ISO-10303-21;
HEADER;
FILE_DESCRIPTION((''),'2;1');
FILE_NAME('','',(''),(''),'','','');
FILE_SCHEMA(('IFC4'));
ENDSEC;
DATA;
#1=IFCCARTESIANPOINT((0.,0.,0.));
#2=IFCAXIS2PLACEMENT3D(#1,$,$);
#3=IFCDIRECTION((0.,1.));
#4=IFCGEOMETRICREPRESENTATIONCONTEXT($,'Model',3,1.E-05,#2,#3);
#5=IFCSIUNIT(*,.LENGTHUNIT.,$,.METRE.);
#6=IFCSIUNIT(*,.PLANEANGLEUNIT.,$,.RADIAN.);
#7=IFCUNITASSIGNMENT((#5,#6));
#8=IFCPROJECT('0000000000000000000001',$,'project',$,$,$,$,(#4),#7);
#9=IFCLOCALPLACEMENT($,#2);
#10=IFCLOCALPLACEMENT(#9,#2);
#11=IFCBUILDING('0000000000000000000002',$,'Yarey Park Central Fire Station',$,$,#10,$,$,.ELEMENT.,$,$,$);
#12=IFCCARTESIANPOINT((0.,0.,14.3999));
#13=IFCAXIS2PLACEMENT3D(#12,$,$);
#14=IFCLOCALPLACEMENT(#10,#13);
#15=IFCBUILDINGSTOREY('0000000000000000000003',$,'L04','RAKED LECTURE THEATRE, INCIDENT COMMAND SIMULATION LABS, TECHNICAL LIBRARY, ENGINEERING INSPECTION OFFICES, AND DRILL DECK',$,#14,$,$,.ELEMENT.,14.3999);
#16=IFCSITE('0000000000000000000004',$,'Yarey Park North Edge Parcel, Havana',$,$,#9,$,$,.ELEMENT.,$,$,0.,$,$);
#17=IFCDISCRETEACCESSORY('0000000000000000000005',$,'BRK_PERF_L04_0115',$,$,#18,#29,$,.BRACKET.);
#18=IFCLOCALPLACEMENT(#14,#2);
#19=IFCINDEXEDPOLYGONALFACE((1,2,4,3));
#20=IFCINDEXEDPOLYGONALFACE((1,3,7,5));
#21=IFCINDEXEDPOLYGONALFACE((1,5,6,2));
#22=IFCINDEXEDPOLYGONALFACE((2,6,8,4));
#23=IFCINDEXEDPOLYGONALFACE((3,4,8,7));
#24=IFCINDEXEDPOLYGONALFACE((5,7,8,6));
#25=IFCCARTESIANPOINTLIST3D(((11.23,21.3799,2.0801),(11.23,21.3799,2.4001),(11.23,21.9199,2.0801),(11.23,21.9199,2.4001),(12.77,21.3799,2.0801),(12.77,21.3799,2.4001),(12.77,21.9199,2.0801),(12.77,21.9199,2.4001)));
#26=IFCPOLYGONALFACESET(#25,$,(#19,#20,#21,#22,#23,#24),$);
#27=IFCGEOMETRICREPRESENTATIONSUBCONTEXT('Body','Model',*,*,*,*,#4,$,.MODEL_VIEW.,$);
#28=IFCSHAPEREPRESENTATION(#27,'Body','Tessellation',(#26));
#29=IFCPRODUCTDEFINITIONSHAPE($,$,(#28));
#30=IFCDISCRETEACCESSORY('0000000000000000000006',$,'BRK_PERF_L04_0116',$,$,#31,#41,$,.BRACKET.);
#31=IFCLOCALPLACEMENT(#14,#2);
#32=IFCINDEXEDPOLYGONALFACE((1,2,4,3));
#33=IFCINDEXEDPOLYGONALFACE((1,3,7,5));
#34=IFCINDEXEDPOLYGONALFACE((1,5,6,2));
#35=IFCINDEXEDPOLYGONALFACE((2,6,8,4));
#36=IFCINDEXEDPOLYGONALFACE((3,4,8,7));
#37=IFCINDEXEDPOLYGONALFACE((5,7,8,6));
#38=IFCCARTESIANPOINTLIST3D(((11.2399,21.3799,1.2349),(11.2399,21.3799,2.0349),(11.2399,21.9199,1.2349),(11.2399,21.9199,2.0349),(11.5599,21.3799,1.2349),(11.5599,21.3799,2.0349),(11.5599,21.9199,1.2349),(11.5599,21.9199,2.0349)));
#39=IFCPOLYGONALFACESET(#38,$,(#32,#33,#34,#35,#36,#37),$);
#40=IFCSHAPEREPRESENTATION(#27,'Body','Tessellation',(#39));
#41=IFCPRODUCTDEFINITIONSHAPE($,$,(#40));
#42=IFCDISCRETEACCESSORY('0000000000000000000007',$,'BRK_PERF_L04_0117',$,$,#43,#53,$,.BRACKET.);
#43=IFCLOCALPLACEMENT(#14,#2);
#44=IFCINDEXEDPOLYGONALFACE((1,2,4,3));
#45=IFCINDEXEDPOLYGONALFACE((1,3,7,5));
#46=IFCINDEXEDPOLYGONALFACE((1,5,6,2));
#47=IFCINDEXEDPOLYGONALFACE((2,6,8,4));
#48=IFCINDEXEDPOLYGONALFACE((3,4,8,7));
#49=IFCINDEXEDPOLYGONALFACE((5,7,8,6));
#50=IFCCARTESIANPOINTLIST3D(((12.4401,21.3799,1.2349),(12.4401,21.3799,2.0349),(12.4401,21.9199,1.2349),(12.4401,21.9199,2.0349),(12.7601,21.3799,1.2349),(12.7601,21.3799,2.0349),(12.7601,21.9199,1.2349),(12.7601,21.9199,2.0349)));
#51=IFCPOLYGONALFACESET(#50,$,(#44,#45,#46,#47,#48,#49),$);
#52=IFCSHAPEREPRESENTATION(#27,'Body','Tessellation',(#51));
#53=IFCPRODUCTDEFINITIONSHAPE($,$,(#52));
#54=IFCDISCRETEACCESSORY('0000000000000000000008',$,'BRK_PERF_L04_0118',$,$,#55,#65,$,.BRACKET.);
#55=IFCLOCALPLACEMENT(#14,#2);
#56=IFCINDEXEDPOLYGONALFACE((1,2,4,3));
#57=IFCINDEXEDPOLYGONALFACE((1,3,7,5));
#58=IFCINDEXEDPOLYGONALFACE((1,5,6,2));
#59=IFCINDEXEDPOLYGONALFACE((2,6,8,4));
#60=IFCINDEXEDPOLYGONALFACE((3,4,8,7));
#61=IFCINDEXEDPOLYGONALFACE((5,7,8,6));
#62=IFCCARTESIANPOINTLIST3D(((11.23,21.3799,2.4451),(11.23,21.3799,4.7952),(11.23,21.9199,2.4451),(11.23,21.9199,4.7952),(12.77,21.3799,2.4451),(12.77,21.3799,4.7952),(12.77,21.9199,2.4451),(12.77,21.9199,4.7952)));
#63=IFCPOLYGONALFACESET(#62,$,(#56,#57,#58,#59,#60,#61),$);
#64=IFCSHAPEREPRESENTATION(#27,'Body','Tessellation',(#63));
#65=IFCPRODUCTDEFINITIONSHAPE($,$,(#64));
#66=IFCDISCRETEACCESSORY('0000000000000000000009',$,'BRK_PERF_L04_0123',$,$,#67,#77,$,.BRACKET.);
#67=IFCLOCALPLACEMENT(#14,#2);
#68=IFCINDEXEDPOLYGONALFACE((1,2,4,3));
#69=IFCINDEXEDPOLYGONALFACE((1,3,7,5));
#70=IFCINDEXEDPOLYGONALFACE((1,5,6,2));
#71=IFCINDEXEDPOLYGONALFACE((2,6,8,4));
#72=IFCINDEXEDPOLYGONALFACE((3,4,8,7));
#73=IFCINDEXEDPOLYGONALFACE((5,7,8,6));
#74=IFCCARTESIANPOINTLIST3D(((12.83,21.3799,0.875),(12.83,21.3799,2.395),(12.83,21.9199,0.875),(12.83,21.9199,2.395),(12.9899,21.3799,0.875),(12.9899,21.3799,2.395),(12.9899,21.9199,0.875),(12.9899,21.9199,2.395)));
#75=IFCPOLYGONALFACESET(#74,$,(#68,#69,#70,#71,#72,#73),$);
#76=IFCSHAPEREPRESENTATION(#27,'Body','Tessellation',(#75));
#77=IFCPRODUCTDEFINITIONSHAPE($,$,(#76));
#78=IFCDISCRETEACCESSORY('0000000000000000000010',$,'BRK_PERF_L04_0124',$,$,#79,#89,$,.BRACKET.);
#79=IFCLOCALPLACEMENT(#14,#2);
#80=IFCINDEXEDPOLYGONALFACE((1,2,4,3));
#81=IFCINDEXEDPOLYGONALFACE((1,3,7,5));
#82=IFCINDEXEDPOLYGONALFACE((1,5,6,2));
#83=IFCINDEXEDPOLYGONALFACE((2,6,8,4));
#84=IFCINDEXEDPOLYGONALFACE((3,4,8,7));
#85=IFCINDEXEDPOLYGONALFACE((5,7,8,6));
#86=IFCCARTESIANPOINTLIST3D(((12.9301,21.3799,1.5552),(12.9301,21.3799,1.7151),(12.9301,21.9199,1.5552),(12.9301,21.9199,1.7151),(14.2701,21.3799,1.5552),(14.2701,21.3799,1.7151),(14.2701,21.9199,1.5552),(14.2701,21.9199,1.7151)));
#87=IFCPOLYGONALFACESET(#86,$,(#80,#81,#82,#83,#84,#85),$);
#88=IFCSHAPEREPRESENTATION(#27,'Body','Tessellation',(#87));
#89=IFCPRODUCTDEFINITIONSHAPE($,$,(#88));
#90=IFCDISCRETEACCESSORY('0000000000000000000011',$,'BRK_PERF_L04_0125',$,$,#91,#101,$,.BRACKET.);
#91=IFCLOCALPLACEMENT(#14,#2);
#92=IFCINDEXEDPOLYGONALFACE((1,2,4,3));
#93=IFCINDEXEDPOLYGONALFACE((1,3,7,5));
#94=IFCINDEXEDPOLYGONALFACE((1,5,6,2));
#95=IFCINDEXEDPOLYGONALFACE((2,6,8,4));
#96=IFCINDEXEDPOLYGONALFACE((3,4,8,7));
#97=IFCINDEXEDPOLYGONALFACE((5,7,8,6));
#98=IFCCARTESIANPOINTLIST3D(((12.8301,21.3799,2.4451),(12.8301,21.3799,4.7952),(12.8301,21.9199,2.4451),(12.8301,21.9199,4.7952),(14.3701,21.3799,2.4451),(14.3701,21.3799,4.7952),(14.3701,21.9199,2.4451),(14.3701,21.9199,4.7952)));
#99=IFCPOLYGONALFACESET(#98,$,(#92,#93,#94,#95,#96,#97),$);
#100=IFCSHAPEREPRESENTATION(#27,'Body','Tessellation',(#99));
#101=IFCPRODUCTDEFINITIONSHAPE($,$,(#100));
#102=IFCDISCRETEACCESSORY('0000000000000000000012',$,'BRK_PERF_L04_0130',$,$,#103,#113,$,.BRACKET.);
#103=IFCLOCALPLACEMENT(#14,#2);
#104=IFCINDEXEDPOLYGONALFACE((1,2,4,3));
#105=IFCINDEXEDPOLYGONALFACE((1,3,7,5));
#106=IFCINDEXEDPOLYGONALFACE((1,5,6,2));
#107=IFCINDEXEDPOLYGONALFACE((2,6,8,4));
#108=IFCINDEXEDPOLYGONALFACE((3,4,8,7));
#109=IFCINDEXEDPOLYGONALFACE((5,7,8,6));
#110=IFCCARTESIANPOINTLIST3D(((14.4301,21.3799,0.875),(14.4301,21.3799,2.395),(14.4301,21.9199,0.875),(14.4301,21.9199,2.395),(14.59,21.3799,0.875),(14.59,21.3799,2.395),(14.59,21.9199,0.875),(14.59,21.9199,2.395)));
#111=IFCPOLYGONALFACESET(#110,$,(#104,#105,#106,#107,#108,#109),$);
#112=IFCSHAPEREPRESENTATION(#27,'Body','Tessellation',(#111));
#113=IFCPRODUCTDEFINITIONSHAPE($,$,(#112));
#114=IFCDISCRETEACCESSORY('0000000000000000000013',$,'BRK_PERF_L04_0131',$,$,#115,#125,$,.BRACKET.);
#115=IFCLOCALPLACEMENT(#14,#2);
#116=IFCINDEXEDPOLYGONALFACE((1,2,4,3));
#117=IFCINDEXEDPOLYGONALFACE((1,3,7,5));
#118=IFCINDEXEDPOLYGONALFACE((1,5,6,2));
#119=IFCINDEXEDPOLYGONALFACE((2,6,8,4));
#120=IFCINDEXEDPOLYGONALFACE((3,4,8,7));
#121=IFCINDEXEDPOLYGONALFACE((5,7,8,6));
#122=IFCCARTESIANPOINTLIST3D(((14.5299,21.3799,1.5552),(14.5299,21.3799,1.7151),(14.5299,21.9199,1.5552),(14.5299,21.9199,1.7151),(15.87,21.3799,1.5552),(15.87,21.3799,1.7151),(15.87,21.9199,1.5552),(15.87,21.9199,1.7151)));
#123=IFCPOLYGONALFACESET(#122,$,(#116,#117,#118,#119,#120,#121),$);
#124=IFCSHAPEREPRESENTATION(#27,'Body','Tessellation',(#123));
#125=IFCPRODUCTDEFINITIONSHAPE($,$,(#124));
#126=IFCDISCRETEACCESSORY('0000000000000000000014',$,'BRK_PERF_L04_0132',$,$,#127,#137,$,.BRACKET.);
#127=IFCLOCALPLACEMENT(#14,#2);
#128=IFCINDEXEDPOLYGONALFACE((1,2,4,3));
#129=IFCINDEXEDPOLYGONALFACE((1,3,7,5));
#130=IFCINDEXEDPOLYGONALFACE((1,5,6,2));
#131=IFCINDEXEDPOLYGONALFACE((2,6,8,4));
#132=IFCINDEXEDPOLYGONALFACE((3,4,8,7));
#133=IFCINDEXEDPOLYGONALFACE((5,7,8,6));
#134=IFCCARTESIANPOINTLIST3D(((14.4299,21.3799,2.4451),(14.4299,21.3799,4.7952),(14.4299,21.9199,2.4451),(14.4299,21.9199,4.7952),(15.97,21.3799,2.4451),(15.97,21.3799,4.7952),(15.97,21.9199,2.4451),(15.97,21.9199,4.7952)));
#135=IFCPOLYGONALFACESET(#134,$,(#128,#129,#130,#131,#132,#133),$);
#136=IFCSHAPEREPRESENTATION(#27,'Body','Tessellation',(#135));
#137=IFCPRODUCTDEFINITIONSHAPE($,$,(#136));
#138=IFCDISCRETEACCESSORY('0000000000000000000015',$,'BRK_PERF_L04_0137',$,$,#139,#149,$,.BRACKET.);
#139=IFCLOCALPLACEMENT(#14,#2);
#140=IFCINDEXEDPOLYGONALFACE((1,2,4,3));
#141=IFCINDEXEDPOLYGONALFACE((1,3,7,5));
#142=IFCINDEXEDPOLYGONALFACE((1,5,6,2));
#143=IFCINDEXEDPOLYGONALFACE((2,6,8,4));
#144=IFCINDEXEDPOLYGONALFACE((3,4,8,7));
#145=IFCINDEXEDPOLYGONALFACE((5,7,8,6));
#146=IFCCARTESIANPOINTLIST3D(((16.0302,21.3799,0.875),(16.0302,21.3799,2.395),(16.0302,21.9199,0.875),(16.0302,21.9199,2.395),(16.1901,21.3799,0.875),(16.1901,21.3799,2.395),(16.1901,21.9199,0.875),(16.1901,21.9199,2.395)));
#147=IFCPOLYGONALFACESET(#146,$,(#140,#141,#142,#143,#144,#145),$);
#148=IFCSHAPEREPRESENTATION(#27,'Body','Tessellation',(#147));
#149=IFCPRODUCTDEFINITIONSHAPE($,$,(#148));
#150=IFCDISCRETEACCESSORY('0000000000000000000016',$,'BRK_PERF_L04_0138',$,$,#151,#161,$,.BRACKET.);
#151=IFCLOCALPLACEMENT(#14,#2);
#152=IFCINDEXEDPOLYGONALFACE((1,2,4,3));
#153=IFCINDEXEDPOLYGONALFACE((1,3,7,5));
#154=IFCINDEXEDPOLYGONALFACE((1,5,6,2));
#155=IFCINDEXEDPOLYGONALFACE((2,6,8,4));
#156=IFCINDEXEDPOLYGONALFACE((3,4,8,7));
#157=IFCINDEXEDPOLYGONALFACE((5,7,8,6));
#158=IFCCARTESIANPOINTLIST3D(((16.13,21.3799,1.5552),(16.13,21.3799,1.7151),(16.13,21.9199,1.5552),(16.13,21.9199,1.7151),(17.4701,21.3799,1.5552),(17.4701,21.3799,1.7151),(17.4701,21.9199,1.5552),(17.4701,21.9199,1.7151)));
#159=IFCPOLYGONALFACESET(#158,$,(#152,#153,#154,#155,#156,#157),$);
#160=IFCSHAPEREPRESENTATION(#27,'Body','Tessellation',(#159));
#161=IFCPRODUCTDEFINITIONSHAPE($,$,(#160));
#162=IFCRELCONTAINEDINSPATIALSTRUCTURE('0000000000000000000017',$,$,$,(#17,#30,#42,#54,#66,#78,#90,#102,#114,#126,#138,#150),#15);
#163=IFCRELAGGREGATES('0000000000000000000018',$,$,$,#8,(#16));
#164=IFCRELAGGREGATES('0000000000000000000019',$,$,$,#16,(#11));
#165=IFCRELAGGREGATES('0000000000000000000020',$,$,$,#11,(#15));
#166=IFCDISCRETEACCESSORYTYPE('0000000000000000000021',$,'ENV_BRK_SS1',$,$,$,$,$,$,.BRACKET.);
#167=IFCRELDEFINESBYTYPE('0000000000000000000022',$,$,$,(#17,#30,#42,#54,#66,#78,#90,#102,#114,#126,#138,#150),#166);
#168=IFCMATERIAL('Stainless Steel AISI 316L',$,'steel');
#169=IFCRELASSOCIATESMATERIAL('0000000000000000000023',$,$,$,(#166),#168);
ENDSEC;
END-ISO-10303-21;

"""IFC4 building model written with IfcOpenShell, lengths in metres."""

from ifc_helpers import new_model, si_unit, direction, frame, origin, origin_2d, place, context, subcontext, project, spatial, rectangle, extrude, material, type_object, element, save


model = new_model("IFC4")

# Units and contexts
model_context = context("Model", 3, precision=1e-05, world=origin(), true_north=direction((0.0, 1.0)))
body_context = subcontext(model_context, "Body", "Model", "MODEL_VIEW")
ifc_project = project(units=[si_unit("LENGTHUNIT", "METRE"), si_unit("PLANEANGLEUNIT", "RADIAN")], contexts=[model_context])

# Site, building, storey
site_placement = place(None, origin())
site = spatial("IfcSite", under=ifc_project, at=site_placement, Name="Yarey Park North Edge Parcel, Havana", CompositionType="ELEMENT", RefElevation=0.0)
building_placement = place(site_placement, origin())
building = spatial("IfcBuilding", under=site, at=building_placement, Name="Yarey Park Central Fire Station", CompositionType="ELEMENT")
storey_placement = place(building_placement, frame((0.0, 0.0, 14.3999)))
storey = spatial("IfcBuildingStorey", under=building, at=storey_placement, Name="L04", Description="RAKED LECTURE THEATRE, INCIDENT COMMAND SIMULATION LABS, TECHNICAL LIBRARY, ENGINEERING INSPECTION OFFICES, AND DRILL DECK", CompositionType="ELEMENT", Elevation=14.3999)

# Discrete accessories
ifc_material_1 = material(Name="Stainless Steel AISI 316L", Category="steel")
discrete_accessory_type = type_object("IfcDiscreteAccessoryType", Name="ENV_BRK_SS1", PredefinedType="BRACKET", material=ifc_material_1)
for number, where, z_axis, x_axis, name in (
    (1, (12.0, 21.6499, 2.0801), (0.0, 0.0, 1.0), (1.0, 0.0, 0.0), "BRK_PERF_L04_0115"),
):
    element("IfcDiscreteAccessory", number, at=place(storey_placement, frame(where, z_axis=z_axis, x_axis=x_axis)), inside=storey, type_object=discrete_accessory_type, Name=name, PredefinedType="BRACKET", context=body_context, shape_type="SweptSolid", body=[
        extrude(rectangle(XDim=1.54, YDim=0.54, at=origin_2d()), origin(), (0.0, 0.0, 1.0), 0.3201),
    ])
for number, where, z_axis, x_axis, name in (
    (2, (11.3999, 21.6499, 1.2349), (0.0, 0.0, 1.0), (1.0, 0.0, 0.0), "BRK_PERF_L04_0116"),
    (3, (12.6001, 21.6499, 1.2349), (0.0, 0.0, 1.0), (1.0, 0.0, 0.0), "BRK_PERF_L04_0117"),
):
    element("IfcDiscreteAccessory", number, at=place(storey_placement, frame(where, z_axis=z_axis, x_axis=x_axis)), inside=storey, type_object=discrete_accessory_type, Name=name, PredefinedType="BRACKET", context=body_context, shape_type="SweptSolid", body=[
        extrude(rectangle(XDim=0.3201, YDim=0.54, at=origin_2d()), origin(), (0.0, 0.0, 1.0), 0.8),
    ])
discrete_accessory_1_placement = place(storey_placement, frame((12.0, 21.6499, 2.4451), z_axis=(0.0, 0.0, 1.0), x_axis=(1.0, 0.0, 0.0)))
element("IfcDiscreteAccessory", 4, at=discrete_accessory_1_placement, inside=storey, type_object=discrete_accessory_type, Name="BRK_PERF_L04_0118", PredefinedType="BRACKET", context=body_context, shape_type="SweptSolid", body=[
    extrude(rectangle(XDim=1.54, YDim=0.54, at=origin_2d()), origin(), (0.0, 0.0, 1.0), 2.3501),
])
discrete_accessory_2_placement = place(storey_placement, frame((12.9099, 21.6499, 0.875), z_axis=(0.0, 0.0, 1.0), x_axis=(1.0, 0.0, 0.0)))
element("IfcDiscreteAccessory", 5, at=discrete_accessory_2_placement, inside=storey, type_object=discrete_accessory_type, Name="BRK_PERF_L04_0123", PredefinedType="BRACKET", context=body_context, shape_type="SweptSolid", body=[
    extrude(rectangle(XDim=0.1599, YDim=0.54, at=origin_2d()), origin(), (0.0, 0.0, 1.0), 1.52),
])
discrete_accessory_3_placement = place(storey_placement, frame((13.6001, 21.6499, 1.5552), z_axis=(0.0, 0.0, 1.0), x_axis=(1.0, 0.0, 0.0)))
element("IfcDiscreteAccessory", 6, at=discrete_accessory_3_placement, inside=storey, type_object=discrete_accessory_type, Name="BRK_PERF_L04_0124", PredefinedType="BRACKET", context=body_context, shape_type="SweptSolid", body=[
    extrude(rectangle(XDim=1.3401, YDim=0.54, at=origin_2d()), origin(), (0.0, 0.0, 1.0), 0.1599),
])
discrete_accessory_4_placement = place(storey_placement, frame((13.6001, 21.6499, 2.4451), z_axis=(0.0, 0.0, 1.0), x_axis=(1.0, 0.0, 0.0)))
element("IfcDiscreteAccessory", 7, at=discrete_accessory_4_placement, inside=storey, type_object=discrete_accessory_type, Name="BRK_PERF_L04_0125", PredefinedType="BRACKET", context=body_context, shape_type="SweptSolid", body=[
    extrude(rectangle(XDim=1.54, YDim=0.54, at=origin_2d()), origin(), (0.0, 0.0, 1.0), 2.3501),
])
discrete_accessory_5_placement = place(storey_placement, frame((14.51, 21.6499, 0.875), z_axis=(0.0, 0.0, 1.0), x_axis=(1.0, 0.0, 0.0)))
element("IfcDiscreteAccessory", 8, at=discrete_accessory_5_placement, inside=storey, type_object=discrete_accessory_type, Name="BRK_PERF_L04_0130", PredefinedType="BRACKET", context=body_context, shape_type="SweptSolid", body=[
    extrude(rectangle(XDim=0.1599, YDim=0.54, at=origin_2d()), origin(), (0.0, 0.0, 1.0), 1.52),
])
discrete_accessory_6_placement = place(storey_placement, frame((15.2, 21.6499, 1.5552), z_axis=(0.0, 0.0, 1.0), x_axis=(1.0, 0.0, 0.0)))
element("IfcDiscreteAccessory", 9, at=discrete_accessory_6_placement, inside=storey, type_object=discrete_accessory_type, Name="BRK_PERF_L04_0131", PredefinedType="BRACKET", context=body_context, shape_type="SweptSolid", body=[
    extrude(rectangle(XDim=1.3401, YDim=0.54, at=origin_2d()), origin(), (0.0, 0.0, 1.0), 0.1599),
])
discrete_accessory_7_placement = place(storey_placement, frame((15.2, 21.6499, 2.4451), z_axis=(0.0, 0.0, 1.0), x_axis=(1.0, 0.0, 0.0)))
element("IfcDiscreteAccessory", 10, at=discrete_accessory_7_placement, inside=storey, type_object=discrete_accessory_type, Name="BRK_PERF_L04_0132", PredefinedType="BRACKET", context=body_context, shape_type="SweptSolid", body=[
    extrude(rectangle(XDim=1.54, YDim=0.54, at=origin_2d()), origin(), (0.0, 0.0, 1.0), 2.3501),
])
discrete_accessory_8_placement = place(storey_placement, frame((16.1101, 21.6499, 0.875), z_axis=(0.0, 0.0, 1.0), x_axis=(1.0, 0.0, 0.0)))
element("IfcDiscreteAccessory", 11, at=discrete_accessory_8_placement, inside=storey, type_object=discrete_accessory_type, Name="BRK_PERF_L04_0137", PredefinedType="BRACKET", context=body_context, shape_type="SweptSolid", body=[
    extrude(rectangle(XDim=0.1599, YDim=0.54, at=origin_2d()), origin(), (0.0, 0.0, 1.0), 1.52),
])
discrete_accessory_9_placement = place(storey_placement, frame((16.8, 21.6499, 1.5552), z_axis=(0.0, 0.0, 1.0), x_axis=(1.0, 0.0, 0.0)))
element("IfcDiscreteAccessory", 12, at=discrete_accessory_9_placement, inside=storey, type_object=discrete_accessory_type, Name="BRK_PERF_L04_0138", PredefinedType="BRACKET", context=body_context, shape_type="SweptSolid", body=[
    extrude(rectangle(XDim=1.3401, YDim=0.54, at=origin_2d()), origin(), (0.0, 0.0, 1.0), 0.1599),
])

save(model, "model.ifc")
